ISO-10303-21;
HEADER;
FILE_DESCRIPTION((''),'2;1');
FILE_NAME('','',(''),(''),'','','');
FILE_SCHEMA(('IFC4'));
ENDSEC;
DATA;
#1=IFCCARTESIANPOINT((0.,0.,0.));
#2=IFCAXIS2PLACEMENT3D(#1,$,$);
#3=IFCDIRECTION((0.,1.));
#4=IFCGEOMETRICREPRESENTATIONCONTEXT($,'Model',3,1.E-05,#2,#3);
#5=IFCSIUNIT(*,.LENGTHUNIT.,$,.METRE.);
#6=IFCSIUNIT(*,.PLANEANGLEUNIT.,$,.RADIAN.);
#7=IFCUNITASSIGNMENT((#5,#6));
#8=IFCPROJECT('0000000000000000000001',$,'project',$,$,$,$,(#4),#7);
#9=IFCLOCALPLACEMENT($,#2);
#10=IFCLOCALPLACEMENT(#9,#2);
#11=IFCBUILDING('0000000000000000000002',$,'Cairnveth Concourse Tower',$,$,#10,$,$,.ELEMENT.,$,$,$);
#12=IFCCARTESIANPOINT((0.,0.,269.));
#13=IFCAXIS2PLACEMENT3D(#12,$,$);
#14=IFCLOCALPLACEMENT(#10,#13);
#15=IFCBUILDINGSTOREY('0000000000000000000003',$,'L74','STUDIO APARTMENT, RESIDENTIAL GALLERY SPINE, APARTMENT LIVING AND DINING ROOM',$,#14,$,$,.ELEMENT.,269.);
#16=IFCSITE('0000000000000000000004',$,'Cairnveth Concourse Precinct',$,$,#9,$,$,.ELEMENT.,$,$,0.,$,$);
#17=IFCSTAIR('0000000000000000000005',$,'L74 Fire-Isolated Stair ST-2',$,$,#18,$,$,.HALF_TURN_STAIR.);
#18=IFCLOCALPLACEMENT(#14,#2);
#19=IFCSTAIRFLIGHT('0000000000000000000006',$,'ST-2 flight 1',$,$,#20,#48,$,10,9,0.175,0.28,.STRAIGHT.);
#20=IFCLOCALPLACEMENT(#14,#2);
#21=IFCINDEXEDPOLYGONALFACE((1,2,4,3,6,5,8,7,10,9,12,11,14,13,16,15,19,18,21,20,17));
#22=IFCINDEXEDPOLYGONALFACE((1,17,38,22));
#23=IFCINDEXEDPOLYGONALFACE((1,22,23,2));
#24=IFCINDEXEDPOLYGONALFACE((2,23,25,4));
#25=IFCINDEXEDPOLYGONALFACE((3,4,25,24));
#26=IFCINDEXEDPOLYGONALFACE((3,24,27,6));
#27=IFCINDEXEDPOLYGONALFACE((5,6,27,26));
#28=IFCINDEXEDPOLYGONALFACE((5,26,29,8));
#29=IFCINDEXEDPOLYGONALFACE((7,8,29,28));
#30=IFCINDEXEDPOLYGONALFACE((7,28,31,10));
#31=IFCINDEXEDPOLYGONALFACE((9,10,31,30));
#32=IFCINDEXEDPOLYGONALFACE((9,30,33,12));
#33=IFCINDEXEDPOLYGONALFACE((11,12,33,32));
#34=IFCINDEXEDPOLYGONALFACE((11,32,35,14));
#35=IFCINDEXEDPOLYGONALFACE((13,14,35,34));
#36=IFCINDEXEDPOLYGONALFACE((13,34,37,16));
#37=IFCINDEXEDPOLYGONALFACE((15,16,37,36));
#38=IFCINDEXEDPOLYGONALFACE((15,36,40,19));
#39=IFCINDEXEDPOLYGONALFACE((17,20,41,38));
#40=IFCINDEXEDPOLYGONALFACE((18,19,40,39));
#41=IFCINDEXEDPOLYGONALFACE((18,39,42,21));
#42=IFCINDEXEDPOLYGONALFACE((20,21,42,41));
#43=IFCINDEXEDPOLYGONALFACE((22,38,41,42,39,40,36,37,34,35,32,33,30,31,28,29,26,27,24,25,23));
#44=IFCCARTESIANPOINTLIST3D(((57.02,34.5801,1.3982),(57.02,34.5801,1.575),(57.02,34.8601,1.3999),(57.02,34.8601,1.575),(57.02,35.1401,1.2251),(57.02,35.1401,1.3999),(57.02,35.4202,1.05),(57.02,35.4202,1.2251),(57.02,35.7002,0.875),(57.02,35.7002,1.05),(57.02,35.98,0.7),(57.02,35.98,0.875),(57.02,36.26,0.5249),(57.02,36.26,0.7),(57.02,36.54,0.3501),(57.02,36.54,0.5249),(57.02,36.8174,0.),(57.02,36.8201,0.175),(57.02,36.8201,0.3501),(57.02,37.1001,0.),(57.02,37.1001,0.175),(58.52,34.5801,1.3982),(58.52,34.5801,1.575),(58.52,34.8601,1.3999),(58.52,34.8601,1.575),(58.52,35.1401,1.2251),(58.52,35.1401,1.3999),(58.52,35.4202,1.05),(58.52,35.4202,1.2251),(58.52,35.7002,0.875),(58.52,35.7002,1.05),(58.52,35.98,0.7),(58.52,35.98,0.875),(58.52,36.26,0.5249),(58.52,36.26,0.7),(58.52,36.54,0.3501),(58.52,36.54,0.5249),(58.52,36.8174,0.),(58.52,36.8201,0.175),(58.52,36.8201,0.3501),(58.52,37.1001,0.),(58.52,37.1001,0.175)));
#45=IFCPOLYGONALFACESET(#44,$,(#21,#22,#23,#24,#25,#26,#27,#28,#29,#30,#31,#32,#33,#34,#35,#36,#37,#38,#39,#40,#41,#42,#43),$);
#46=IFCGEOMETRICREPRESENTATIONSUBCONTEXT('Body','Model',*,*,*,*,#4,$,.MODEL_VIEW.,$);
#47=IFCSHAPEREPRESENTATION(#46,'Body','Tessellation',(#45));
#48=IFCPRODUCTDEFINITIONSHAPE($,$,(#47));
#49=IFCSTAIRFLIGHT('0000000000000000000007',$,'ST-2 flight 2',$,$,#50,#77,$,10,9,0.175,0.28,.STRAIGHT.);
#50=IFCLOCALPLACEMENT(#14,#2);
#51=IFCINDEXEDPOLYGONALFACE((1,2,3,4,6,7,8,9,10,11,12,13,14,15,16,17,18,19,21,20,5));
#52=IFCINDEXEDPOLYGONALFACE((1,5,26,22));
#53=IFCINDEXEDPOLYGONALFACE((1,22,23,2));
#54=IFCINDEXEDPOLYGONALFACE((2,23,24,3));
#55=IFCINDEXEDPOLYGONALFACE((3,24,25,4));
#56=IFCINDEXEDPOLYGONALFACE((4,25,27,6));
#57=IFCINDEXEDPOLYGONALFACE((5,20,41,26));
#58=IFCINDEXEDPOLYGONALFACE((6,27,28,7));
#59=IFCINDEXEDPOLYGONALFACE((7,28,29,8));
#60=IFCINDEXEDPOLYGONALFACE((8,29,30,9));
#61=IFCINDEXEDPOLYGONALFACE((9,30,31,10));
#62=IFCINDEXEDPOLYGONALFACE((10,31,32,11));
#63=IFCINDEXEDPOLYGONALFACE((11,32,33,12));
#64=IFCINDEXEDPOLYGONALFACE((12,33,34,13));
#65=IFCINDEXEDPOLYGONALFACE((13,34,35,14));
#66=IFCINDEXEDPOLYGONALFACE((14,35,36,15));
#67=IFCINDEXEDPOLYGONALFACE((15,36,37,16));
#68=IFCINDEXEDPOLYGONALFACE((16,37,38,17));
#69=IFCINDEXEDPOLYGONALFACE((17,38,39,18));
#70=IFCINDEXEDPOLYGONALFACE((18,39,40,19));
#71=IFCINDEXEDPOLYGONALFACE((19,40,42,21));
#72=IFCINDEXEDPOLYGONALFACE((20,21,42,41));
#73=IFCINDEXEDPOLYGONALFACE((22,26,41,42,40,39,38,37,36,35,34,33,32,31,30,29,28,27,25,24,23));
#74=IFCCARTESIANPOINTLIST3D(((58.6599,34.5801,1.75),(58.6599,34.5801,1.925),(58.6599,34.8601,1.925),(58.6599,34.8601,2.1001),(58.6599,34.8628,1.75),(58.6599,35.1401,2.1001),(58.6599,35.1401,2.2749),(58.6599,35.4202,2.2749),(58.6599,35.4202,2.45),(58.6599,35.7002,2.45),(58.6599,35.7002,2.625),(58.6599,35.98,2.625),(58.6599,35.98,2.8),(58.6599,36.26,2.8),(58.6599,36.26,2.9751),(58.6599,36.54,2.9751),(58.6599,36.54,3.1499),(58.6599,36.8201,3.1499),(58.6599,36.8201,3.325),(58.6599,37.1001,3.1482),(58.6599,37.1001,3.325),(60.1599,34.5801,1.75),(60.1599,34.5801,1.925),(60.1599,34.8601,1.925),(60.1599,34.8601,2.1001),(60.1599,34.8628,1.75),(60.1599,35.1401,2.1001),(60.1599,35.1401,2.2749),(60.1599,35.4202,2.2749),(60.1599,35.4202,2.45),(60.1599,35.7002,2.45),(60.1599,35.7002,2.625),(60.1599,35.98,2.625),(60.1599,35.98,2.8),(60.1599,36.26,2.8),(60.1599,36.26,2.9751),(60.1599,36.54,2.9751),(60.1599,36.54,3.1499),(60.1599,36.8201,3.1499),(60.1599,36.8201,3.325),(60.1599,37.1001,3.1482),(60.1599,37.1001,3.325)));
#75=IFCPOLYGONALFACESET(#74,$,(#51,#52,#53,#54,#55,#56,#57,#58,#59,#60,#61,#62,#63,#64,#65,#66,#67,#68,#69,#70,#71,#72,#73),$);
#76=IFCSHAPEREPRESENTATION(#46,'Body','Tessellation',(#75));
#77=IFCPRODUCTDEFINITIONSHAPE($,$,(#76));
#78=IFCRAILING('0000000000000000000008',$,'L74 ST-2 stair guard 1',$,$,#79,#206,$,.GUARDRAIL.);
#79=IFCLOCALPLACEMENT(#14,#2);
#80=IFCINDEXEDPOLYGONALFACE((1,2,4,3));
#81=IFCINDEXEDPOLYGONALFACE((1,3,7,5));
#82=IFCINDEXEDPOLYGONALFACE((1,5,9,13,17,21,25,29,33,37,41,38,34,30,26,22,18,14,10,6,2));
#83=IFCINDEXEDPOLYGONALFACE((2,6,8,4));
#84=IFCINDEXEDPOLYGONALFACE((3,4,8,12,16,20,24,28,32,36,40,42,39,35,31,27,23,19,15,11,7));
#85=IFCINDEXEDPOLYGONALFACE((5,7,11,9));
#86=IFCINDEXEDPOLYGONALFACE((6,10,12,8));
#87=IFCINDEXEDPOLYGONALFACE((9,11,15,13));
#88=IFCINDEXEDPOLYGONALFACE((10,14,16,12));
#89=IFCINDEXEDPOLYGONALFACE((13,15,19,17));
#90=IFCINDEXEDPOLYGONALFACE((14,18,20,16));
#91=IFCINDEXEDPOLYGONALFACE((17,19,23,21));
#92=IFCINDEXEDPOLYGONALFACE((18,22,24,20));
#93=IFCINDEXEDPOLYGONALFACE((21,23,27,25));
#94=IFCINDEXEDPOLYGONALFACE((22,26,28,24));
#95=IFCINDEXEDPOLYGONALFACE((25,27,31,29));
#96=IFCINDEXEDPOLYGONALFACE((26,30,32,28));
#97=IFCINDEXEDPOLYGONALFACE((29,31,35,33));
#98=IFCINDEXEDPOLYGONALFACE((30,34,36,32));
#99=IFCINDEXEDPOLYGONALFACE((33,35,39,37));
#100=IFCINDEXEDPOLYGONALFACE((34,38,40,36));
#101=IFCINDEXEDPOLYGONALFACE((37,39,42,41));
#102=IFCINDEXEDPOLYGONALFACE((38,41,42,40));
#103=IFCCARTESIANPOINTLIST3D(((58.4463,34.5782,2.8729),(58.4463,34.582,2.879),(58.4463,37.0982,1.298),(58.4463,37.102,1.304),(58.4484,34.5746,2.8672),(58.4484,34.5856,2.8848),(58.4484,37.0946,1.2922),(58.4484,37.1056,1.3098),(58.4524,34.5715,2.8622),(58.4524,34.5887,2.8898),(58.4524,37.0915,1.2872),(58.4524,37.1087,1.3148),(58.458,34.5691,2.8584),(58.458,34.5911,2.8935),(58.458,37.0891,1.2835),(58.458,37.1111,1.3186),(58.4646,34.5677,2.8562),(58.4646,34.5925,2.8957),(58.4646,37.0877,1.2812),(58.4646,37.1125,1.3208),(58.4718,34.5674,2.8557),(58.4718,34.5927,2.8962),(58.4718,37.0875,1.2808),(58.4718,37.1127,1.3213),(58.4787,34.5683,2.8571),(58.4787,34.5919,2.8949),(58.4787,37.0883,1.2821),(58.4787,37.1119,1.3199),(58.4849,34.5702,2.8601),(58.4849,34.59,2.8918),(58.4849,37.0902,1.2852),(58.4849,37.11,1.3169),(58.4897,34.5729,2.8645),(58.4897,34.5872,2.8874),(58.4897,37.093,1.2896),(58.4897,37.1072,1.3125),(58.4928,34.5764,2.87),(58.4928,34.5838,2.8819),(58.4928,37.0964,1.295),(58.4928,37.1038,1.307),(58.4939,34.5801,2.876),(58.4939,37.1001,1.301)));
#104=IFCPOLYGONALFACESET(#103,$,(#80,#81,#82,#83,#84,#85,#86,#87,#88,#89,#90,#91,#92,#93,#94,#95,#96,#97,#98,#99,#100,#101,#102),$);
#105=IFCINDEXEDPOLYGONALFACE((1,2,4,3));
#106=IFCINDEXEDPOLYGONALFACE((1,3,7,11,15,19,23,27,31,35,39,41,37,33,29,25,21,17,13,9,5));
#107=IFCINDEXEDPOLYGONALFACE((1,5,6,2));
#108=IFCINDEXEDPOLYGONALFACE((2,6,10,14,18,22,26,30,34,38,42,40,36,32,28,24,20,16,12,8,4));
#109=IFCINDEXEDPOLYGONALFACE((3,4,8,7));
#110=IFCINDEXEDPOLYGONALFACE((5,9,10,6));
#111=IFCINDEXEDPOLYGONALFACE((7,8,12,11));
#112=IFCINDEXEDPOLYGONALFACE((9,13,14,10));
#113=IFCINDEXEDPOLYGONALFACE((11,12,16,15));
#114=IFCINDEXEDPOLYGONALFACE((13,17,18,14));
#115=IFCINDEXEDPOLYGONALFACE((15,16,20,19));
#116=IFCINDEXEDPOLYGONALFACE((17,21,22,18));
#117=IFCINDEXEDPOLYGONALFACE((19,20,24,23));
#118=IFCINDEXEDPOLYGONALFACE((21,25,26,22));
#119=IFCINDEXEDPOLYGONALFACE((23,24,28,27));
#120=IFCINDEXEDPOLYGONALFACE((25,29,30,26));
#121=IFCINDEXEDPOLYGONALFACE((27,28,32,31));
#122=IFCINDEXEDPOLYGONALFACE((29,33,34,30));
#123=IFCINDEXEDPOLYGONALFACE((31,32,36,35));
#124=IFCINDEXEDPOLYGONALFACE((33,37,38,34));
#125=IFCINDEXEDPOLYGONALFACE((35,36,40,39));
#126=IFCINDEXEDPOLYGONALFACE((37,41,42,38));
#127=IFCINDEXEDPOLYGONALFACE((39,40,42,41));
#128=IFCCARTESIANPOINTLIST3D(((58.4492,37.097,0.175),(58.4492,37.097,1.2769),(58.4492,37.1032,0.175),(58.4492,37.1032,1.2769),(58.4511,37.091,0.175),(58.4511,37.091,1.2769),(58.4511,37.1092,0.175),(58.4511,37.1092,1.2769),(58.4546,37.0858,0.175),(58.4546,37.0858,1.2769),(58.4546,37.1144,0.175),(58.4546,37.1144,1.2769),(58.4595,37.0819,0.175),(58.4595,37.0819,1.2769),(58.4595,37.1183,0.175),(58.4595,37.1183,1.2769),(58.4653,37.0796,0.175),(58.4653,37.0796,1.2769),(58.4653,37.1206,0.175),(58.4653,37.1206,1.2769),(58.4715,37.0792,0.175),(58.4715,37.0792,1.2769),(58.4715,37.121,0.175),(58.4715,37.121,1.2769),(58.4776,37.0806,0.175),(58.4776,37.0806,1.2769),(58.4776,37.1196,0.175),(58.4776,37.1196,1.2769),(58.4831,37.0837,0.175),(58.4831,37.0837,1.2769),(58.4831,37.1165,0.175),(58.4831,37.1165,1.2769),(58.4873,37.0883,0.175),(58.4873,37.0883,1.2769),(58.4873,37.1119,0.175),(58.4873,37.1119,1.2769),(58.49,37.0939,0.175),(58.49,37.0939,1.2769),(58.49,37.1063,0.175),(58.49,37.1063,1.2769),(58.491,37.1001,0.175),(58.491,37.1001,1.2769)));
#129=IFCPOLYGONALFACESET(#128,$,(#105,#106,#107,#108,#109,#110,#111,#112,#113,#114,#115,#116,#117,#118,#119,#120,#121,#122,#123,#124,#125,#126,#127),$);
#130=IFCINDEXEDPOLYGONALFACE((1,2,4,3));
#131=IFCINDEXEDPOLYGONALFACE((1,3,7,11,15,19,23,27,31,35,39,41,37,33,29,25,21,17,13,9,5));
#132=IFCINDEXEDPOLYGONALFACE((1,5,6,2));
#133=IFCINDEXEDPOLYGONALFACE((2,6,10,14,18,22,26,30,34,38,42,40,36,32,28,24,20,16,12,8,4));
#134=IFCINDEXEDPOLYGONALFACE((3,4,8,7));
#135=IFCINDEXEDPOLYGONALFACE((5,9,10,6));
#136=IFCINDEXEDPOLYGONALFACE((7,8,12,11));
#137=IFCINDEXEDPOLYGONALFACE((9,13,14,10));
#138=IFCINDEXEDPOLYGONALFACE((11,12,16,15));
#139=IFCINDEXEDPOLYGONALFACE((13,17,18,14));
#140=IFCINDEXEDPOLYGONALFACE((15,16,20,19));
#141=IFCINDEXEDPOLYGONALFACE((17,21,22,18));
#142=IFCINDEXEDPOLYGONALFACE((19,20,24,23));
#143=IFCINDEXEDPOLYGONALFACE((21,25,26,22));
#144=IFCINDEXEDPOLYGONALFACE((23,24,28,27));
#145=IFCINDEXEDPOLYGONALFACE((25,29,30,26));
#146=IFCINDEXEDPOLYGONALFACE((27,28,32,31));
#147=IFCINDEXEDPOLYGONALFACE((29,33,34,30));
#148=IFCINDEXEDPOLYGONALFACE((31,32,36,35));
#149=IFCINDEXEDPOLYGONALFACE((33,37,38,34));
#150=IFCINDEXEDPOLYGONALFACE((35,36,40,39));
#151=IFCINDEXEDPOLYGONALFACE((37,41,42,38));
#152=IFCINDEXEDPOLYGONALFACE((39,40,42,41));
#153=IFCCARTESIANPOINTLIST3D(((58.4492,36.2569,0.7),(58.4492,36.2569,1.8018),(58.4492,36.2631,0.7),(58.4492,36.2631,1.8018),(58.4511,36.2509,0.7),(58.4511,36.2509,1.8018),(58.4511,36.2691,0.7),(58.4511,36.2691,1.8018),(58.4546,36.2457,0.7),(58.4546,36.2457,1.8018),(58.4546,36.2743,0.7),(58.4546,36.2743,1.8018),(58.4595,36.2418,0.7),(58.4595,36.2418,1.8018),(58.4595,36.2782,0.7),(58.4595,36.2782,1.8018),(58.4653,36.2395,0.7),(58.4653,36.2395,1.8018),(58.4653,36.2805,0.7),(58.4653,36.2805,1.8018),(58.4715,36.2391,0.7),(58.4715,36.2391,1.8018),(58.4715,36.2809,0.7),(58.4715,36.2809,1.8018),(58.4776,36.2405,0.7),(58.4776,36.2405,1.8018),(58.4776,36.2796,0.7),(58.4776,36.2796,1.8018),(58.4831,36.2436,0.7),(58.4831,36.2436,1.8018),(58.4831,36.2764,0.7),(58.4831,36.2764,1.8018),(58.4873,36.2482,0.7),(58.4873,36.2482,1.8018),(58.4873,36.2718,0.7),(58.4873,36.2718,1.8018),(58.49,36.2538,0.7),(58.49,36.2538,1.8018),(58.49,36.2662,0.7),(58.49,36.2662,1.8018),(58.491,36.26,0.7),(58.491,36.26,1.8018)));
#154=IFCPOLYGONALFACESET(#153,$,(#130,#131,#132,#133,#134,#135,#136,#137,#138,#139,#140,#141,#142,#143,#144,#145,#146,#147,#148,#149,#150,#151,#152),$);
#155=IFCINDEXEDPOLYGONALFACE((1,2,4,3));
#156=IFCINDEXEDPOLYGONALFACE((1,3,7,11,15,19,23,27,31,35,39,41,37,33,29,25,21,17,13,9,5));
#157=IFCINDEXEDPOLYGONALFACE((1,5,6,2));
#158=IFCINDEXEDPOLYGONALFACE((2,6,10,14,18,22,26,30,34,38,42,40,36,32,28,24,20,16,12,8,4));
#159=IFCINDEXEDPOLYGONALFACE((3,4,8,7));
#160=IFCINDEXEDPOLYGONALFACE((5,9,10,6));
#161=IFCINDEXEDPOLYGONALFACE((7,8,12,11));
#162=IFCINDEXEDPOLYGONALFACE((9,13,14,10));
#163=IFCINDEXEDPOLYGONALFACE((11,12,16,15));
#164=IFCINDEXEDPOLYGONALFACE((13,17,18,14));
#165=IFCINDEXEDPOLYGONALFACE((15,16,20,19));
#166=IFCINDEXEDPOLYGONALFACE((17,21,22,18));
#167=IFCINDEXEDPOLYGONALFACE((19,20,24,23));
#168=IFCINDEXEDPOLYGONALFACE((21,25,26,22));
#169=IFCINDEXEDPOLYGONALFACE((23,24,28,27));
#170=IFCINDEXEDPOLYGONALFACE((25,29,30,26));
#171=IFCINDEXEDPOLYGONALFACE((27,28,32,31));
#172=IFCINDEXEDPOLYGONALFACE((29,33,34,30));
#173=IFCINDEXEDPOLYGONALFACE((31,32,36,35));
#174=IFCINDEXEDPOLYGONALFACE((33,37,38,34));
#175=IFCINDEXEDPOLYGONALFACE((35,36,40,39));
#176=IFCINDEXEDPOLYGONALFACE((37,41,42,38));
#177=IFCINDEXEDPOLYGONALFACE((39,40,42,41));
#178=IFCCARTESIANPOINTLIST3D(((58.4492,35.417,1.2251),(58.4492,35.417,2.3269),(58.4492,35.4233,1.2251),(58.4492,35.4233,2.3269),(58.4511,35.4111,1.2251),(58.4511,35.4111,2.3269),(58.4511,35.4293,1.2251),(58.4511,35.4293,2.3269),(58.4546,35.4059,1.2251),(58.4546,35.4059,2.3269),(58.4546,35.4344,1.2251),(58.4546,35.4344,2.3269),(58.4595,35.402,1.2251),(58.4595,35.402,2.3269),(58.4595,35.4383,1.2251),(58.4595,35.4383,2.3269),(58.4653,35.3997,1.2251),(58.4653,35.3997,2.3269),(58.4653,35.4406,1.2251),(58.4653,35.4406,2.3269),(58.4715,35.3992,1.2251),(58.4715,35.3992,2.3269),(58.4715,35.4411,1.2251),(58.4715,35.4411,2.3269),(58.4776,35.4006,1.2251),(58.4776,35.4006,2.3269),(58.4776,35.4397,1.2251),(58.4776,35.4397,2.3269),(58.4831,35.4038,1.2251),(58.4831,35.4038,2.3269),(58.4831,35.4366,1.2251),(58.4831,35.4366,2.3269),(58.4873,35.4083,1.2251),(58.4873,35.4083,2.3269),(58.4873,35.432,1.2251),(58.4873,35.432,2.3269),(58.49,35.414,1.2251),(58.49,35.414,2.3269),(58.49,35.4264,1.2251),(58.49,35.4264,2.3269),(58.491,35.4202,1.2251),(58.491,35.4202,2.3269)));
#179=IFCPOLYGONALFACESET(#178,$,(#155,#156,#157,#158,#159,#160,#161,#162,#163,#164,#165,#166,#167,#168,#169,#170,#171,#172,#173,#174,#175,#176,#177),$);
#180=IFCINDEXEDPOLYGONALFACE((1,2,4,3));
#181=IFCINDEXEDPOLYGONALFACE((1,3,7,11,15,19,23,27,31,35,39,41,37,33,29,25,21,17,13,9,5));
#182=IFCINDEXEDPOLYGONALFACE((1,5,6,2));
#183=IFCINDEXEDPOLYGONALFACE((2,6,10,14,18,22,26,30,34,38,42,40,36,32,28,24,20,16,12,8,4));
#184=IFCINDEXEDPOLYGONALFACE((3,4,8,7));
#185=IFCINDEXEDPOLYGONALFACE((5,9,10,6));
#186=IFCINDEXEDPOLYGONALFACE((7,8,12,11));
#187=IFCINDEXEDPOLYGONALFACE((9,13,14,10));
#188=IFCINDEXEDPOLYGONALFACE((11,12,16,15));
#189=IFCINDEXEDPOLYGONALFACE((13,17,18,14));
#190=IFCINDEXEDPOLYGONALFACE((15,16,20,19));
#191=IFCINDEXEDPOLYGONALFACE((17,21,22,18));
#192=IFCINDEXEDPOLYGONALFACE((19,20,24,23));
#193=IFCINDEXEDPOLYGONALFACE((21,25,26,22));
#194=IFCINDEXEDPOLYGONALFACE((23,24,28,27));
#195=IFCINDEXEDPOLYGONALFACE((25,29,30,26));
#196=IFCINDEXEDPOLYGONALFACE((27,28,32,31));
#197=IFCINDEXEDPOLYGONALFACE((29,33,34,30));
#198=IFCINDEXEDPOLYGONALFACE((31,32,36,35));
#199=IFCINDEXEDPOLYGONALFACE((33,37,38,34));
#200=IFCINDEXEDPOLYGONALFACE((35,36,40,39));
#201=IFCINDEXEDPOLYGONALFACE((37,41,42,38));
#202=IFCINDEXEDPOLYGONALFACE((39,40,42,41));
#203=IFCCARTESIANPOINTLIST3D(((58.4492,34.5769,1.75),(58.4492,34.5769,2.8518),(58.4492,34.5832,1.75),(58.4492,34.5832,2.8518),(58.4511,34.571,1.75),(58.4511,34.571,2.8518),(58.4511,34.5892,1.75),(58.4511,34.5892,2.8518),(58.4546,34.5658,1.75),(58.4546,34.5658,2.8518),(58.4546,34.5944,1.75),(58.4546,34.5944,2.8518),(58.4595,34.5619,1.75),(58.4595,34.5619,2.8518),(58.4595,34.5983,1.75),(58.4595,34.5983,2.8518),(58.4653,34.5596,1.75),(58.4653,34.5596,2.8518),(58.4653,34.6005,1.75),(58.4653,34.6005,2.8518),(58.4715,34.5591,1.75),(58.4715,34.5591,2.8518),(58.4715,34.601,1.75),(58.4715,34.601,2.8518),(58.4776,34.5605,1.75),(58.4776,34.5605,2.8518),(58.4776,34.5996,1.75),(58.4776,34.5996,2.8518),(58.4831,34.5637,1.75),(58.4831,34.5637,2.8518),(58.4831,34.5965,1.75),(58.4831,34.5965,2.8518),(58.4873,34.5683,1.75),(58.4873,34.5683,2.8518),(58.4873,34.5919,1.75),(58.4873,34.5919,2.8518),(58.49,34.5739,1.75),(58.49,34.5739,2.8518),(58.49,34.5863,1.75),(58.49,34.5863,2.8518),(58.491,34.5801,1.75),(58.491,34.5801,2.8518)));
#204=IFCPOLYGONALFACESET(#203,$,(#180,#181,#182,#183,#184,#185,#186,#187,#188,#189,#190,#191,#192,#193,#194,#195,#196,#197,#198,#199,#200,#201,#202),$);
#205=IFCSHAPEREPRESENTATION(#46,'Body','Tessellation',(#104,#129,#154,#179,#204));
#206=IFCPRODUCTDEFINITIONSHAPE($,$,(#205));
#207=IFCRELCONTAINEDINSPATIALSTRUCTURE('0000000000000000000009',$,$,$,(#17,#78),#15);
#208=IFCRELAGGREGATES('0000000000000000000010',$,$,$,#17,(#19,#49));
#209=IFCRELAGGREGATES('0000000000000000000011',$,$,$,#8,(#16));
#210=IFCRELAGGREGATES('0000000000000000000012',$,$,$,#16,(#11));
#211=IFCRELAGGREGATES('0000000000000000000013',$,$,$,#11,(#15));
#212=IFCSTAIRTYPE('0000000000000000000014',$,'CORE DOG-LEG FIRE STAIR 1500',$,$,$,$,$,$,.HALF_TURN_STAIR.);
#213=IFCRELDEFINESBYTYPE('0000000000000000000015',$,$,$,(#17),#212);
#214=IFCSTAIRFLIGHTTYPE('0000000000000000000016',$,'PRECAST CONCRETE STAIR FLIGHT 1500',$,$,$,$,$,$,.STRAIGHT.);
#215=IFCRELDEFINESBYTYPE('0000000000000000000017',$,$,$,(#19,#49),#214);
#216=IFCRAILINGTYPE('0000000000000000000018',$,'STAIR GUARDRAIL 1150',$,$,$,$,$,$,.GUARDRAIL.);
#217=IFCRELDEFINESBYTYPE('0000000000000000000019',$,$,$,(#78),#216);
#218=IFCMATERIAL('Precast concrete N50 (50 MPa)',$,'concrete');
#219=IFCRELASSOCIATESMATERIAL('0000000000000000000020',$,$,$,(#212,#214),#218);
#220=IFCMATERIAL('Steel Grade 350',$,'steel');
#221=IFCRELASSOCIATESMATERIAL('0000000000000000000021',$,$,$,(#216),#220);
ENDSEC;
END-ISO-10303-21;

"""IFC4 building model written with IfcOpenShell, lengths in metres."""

from ifc_helpers import new_model, si_unit, direction, frame, origin, origin_2d, place, context, subcontext, project, spatial, polyline, circle, outline, extrude, material, type_object, element, aggregate, save


model = new_model("IFC4")

# Units and contexts
model_context = context("Model", 3, precision=1e-05, world=origin(), true_north=direction((0.0, 1.0)))
body_context = subcontext(model_context, "Body", "Model", "MODEL_VIEW")
ifc_project = project(units=[si_unit("LENGTHUNIT", "METRE"), si_unit("PLANEANGLEUNIT", "RADIAN")], contexts=[model_context])

# Site, building, storey
site_placement = place(None, origin())
site = spatial("IfcSite", under=ifc_project, at=site_placement, Name="Cairnveth Concourse Precinct", CompositionType="ELEMENT", RefElevation=0.0)
building_placement = place(site_placement, origin())
building = spatial("IfcBuilding", under=site, at=building_placement, Name="Cairnveth Concourse Tower", CompositionType="ELEMENT")
storey_placement = place(building_placement, frame((0.0, 0.0, 269.0)))
storey = spatial("IfcBuildingStorey", under=building, at=storey_placement, Name="L74", Description="STUDIO APARTMENT, RESIDENTIAL GALLERY SPINE, APARTMENT LIVING AND DINING ROOM", CompositionType="ELEMENT", Elevation=269.0)

# Shared definitions
ifc_material_1 = material(Name="Steel Grade 350", Category="steel")

# Stair, stair flights
ifc_material_2 = material(Name="Precast concrete N50 (50 MPa)", Category="concrete")
stair_type = type_object("IfcStairType", Name="CORE DOG-LEG FIRE STAIR 1500", PredefinedType="HALF_TURN_STAIR", material=ifc_material_2)
stair_placement = place(storey_placement, origin())
stair = element("IfcStair", 1, at=stair_placement, inside=storey, type_object=stair_type, Name="L74 Fire-Isolated Stair ST-2", PredefinedType="HALF_TURN_STAIR")
stair_flight_type = type_object("IfcStairFlightType", Name="PRECAST CONCRETE STAIR FLIGHT 1500", PredefinedType="STRAIGHT", material=ifc_material_2)
stair_flight_1_placement = place(storey_placement, frame((57.77, 37.1001, 0.0), z_axis=(0.0, 0.0, 1.0), x_axis=(0.0, -1.0, 0.0)))
stair_flight_1 = element("IfcStairFlight", 2, at=stair_flight_1_placement, type_object=stair_flight_type, Name="ST-2 flight 1", NumberOfRisers=10, NumberOfTreads=9, PredefinedType="STRAIGHT", RiserHeight=0.175, TreadLength=0.28, context=body_context, shape_type="SweptSolid", body=[
    extrude(outline(polyline([(0.0, 0.0), (0.0, 0.175), (0.28, 0.175), (0.28, 0.3501), (0.5601, 0.3501), (0.5601, 0.5249), (0.8401, 0.5249), (0.8401, 0.7), (1.1201, 0.7), (1.1201, 0.875), (1.3999, 0.875), (1.3999, 1.05), (1.6799, 1.05), (1.6799, 1.2251), (1.96, 1.2251), (1.96, 1.3999), (2.24, 1.3999), (2.24, 1.575), (2.52, 1.575), (2.52, 1.75), (2.52, 1.3982), (0.2827, 0.0), (0.0, 0.0)])), frame((0.0, 0.75, 0.0), z_axis=(0.0, -1.0, 0.0), x_axis=(1.0, 0.0, 0.0)), (0.0, 0.0, 1.0), 1.5),
])
stair_flight_2_placement = place(storey_placement, frame((59.4099, 34.5801, 1.75), z_axis=(0.0, 0.0, 1.0), x_axis=(0.0, 1.0, 0.0)))
stair_flight_2 = element("IfcStairFlight", 3, at=stair_flight_2_placement, type_object=stair_flight_type, Name="ST-2 flight 2", NumberOfRisers=10, NumberOfTreads=9, PredefinedType="STRAIGHT", RiserHeight=0.175, TreadLength=0.28, context=body_context, shape_type="SweptSolid", body=[
    extrude(outline(polyline([(0.0, 0.0), (0.0, 0.175), (0.28, 0.175), (0.28, 0.3501), (0.5601, 0.3501), (0.5601, 0.5249), (0.8401, 0.5249), (0.8401, 0.7), (1.1201, 0.7), (1.1201, 0.875), (1.3999, 0.875), (1.3999, 1.05), (1.6799, 1.05), (1.6799, 1.2251), (1.96, 1.2251), (1.96, 1.3999), (2.24, 1.3999), (2.24, 1.575), (2.52, 1.575), (2.52, 1.75), (2.52, 1.3982), (0.2827, 0.0), (0.0, 0.0)])), frame((0.0, 0.75, 0.0), z_axis=(0.0, -1.0, 0.0), x_axis=(1.0, 0.0, 0.0)), (0.0, 0.0, 1.0), 1.5),
])
aggregate(stair, [stair_flight_1, stair_flight_2])

# Railing
railing_type_1 = type_object("IfcRailingType", Name="STAIR GUARDRAIL 1150", PredefinedType="GUARDRAIL", material=ifc_material_1)
railing_1_placement = place(storey_placement, frame((58.47, 37.1001, 0.175)))
element("IfcRailing", 4, at=railing_1_placement, inside=storey, type_object=railing_type_1, Name="L74 ST-2 stair guard 1", PredefinedType="GUARDRAIL", context=body_context, shape_type="SweptSolid", body=[
    extrude(circle(Radius=0.0239, at=origin_2d()), frame((0.0, 0.0, 1.126), z_axis=(0.0, -0.848008, 0.529984), x_axis=(1.0, 0.0, 0.0)), (0.0, 0.0, 1.0), 2.9717),
    extrude(circle(Radius=0.021, at=origin_2d()), origin(), (0.0, 0.0, 1.0), 1.1018),
    extrude(circle(Radius=0.021, at=origin_2d()), frame((0.0, -0.8401, 0.5249)), (0.0, 0.0, 1.0), 1.1018),
    extrude(circle(Radius=0.021, at=origin_2d()), frame((0.0, -1.6799, 1.05)), (0.0, 0.0, 1.0), 1.1018),
    extrude(circle(Radius=0.021, at=origin_2d()), frame((0.0, -2.52, 1.575)), (0.0, 0.0, 1.0), 1.1018),
])

save(model, "model.ifc")
